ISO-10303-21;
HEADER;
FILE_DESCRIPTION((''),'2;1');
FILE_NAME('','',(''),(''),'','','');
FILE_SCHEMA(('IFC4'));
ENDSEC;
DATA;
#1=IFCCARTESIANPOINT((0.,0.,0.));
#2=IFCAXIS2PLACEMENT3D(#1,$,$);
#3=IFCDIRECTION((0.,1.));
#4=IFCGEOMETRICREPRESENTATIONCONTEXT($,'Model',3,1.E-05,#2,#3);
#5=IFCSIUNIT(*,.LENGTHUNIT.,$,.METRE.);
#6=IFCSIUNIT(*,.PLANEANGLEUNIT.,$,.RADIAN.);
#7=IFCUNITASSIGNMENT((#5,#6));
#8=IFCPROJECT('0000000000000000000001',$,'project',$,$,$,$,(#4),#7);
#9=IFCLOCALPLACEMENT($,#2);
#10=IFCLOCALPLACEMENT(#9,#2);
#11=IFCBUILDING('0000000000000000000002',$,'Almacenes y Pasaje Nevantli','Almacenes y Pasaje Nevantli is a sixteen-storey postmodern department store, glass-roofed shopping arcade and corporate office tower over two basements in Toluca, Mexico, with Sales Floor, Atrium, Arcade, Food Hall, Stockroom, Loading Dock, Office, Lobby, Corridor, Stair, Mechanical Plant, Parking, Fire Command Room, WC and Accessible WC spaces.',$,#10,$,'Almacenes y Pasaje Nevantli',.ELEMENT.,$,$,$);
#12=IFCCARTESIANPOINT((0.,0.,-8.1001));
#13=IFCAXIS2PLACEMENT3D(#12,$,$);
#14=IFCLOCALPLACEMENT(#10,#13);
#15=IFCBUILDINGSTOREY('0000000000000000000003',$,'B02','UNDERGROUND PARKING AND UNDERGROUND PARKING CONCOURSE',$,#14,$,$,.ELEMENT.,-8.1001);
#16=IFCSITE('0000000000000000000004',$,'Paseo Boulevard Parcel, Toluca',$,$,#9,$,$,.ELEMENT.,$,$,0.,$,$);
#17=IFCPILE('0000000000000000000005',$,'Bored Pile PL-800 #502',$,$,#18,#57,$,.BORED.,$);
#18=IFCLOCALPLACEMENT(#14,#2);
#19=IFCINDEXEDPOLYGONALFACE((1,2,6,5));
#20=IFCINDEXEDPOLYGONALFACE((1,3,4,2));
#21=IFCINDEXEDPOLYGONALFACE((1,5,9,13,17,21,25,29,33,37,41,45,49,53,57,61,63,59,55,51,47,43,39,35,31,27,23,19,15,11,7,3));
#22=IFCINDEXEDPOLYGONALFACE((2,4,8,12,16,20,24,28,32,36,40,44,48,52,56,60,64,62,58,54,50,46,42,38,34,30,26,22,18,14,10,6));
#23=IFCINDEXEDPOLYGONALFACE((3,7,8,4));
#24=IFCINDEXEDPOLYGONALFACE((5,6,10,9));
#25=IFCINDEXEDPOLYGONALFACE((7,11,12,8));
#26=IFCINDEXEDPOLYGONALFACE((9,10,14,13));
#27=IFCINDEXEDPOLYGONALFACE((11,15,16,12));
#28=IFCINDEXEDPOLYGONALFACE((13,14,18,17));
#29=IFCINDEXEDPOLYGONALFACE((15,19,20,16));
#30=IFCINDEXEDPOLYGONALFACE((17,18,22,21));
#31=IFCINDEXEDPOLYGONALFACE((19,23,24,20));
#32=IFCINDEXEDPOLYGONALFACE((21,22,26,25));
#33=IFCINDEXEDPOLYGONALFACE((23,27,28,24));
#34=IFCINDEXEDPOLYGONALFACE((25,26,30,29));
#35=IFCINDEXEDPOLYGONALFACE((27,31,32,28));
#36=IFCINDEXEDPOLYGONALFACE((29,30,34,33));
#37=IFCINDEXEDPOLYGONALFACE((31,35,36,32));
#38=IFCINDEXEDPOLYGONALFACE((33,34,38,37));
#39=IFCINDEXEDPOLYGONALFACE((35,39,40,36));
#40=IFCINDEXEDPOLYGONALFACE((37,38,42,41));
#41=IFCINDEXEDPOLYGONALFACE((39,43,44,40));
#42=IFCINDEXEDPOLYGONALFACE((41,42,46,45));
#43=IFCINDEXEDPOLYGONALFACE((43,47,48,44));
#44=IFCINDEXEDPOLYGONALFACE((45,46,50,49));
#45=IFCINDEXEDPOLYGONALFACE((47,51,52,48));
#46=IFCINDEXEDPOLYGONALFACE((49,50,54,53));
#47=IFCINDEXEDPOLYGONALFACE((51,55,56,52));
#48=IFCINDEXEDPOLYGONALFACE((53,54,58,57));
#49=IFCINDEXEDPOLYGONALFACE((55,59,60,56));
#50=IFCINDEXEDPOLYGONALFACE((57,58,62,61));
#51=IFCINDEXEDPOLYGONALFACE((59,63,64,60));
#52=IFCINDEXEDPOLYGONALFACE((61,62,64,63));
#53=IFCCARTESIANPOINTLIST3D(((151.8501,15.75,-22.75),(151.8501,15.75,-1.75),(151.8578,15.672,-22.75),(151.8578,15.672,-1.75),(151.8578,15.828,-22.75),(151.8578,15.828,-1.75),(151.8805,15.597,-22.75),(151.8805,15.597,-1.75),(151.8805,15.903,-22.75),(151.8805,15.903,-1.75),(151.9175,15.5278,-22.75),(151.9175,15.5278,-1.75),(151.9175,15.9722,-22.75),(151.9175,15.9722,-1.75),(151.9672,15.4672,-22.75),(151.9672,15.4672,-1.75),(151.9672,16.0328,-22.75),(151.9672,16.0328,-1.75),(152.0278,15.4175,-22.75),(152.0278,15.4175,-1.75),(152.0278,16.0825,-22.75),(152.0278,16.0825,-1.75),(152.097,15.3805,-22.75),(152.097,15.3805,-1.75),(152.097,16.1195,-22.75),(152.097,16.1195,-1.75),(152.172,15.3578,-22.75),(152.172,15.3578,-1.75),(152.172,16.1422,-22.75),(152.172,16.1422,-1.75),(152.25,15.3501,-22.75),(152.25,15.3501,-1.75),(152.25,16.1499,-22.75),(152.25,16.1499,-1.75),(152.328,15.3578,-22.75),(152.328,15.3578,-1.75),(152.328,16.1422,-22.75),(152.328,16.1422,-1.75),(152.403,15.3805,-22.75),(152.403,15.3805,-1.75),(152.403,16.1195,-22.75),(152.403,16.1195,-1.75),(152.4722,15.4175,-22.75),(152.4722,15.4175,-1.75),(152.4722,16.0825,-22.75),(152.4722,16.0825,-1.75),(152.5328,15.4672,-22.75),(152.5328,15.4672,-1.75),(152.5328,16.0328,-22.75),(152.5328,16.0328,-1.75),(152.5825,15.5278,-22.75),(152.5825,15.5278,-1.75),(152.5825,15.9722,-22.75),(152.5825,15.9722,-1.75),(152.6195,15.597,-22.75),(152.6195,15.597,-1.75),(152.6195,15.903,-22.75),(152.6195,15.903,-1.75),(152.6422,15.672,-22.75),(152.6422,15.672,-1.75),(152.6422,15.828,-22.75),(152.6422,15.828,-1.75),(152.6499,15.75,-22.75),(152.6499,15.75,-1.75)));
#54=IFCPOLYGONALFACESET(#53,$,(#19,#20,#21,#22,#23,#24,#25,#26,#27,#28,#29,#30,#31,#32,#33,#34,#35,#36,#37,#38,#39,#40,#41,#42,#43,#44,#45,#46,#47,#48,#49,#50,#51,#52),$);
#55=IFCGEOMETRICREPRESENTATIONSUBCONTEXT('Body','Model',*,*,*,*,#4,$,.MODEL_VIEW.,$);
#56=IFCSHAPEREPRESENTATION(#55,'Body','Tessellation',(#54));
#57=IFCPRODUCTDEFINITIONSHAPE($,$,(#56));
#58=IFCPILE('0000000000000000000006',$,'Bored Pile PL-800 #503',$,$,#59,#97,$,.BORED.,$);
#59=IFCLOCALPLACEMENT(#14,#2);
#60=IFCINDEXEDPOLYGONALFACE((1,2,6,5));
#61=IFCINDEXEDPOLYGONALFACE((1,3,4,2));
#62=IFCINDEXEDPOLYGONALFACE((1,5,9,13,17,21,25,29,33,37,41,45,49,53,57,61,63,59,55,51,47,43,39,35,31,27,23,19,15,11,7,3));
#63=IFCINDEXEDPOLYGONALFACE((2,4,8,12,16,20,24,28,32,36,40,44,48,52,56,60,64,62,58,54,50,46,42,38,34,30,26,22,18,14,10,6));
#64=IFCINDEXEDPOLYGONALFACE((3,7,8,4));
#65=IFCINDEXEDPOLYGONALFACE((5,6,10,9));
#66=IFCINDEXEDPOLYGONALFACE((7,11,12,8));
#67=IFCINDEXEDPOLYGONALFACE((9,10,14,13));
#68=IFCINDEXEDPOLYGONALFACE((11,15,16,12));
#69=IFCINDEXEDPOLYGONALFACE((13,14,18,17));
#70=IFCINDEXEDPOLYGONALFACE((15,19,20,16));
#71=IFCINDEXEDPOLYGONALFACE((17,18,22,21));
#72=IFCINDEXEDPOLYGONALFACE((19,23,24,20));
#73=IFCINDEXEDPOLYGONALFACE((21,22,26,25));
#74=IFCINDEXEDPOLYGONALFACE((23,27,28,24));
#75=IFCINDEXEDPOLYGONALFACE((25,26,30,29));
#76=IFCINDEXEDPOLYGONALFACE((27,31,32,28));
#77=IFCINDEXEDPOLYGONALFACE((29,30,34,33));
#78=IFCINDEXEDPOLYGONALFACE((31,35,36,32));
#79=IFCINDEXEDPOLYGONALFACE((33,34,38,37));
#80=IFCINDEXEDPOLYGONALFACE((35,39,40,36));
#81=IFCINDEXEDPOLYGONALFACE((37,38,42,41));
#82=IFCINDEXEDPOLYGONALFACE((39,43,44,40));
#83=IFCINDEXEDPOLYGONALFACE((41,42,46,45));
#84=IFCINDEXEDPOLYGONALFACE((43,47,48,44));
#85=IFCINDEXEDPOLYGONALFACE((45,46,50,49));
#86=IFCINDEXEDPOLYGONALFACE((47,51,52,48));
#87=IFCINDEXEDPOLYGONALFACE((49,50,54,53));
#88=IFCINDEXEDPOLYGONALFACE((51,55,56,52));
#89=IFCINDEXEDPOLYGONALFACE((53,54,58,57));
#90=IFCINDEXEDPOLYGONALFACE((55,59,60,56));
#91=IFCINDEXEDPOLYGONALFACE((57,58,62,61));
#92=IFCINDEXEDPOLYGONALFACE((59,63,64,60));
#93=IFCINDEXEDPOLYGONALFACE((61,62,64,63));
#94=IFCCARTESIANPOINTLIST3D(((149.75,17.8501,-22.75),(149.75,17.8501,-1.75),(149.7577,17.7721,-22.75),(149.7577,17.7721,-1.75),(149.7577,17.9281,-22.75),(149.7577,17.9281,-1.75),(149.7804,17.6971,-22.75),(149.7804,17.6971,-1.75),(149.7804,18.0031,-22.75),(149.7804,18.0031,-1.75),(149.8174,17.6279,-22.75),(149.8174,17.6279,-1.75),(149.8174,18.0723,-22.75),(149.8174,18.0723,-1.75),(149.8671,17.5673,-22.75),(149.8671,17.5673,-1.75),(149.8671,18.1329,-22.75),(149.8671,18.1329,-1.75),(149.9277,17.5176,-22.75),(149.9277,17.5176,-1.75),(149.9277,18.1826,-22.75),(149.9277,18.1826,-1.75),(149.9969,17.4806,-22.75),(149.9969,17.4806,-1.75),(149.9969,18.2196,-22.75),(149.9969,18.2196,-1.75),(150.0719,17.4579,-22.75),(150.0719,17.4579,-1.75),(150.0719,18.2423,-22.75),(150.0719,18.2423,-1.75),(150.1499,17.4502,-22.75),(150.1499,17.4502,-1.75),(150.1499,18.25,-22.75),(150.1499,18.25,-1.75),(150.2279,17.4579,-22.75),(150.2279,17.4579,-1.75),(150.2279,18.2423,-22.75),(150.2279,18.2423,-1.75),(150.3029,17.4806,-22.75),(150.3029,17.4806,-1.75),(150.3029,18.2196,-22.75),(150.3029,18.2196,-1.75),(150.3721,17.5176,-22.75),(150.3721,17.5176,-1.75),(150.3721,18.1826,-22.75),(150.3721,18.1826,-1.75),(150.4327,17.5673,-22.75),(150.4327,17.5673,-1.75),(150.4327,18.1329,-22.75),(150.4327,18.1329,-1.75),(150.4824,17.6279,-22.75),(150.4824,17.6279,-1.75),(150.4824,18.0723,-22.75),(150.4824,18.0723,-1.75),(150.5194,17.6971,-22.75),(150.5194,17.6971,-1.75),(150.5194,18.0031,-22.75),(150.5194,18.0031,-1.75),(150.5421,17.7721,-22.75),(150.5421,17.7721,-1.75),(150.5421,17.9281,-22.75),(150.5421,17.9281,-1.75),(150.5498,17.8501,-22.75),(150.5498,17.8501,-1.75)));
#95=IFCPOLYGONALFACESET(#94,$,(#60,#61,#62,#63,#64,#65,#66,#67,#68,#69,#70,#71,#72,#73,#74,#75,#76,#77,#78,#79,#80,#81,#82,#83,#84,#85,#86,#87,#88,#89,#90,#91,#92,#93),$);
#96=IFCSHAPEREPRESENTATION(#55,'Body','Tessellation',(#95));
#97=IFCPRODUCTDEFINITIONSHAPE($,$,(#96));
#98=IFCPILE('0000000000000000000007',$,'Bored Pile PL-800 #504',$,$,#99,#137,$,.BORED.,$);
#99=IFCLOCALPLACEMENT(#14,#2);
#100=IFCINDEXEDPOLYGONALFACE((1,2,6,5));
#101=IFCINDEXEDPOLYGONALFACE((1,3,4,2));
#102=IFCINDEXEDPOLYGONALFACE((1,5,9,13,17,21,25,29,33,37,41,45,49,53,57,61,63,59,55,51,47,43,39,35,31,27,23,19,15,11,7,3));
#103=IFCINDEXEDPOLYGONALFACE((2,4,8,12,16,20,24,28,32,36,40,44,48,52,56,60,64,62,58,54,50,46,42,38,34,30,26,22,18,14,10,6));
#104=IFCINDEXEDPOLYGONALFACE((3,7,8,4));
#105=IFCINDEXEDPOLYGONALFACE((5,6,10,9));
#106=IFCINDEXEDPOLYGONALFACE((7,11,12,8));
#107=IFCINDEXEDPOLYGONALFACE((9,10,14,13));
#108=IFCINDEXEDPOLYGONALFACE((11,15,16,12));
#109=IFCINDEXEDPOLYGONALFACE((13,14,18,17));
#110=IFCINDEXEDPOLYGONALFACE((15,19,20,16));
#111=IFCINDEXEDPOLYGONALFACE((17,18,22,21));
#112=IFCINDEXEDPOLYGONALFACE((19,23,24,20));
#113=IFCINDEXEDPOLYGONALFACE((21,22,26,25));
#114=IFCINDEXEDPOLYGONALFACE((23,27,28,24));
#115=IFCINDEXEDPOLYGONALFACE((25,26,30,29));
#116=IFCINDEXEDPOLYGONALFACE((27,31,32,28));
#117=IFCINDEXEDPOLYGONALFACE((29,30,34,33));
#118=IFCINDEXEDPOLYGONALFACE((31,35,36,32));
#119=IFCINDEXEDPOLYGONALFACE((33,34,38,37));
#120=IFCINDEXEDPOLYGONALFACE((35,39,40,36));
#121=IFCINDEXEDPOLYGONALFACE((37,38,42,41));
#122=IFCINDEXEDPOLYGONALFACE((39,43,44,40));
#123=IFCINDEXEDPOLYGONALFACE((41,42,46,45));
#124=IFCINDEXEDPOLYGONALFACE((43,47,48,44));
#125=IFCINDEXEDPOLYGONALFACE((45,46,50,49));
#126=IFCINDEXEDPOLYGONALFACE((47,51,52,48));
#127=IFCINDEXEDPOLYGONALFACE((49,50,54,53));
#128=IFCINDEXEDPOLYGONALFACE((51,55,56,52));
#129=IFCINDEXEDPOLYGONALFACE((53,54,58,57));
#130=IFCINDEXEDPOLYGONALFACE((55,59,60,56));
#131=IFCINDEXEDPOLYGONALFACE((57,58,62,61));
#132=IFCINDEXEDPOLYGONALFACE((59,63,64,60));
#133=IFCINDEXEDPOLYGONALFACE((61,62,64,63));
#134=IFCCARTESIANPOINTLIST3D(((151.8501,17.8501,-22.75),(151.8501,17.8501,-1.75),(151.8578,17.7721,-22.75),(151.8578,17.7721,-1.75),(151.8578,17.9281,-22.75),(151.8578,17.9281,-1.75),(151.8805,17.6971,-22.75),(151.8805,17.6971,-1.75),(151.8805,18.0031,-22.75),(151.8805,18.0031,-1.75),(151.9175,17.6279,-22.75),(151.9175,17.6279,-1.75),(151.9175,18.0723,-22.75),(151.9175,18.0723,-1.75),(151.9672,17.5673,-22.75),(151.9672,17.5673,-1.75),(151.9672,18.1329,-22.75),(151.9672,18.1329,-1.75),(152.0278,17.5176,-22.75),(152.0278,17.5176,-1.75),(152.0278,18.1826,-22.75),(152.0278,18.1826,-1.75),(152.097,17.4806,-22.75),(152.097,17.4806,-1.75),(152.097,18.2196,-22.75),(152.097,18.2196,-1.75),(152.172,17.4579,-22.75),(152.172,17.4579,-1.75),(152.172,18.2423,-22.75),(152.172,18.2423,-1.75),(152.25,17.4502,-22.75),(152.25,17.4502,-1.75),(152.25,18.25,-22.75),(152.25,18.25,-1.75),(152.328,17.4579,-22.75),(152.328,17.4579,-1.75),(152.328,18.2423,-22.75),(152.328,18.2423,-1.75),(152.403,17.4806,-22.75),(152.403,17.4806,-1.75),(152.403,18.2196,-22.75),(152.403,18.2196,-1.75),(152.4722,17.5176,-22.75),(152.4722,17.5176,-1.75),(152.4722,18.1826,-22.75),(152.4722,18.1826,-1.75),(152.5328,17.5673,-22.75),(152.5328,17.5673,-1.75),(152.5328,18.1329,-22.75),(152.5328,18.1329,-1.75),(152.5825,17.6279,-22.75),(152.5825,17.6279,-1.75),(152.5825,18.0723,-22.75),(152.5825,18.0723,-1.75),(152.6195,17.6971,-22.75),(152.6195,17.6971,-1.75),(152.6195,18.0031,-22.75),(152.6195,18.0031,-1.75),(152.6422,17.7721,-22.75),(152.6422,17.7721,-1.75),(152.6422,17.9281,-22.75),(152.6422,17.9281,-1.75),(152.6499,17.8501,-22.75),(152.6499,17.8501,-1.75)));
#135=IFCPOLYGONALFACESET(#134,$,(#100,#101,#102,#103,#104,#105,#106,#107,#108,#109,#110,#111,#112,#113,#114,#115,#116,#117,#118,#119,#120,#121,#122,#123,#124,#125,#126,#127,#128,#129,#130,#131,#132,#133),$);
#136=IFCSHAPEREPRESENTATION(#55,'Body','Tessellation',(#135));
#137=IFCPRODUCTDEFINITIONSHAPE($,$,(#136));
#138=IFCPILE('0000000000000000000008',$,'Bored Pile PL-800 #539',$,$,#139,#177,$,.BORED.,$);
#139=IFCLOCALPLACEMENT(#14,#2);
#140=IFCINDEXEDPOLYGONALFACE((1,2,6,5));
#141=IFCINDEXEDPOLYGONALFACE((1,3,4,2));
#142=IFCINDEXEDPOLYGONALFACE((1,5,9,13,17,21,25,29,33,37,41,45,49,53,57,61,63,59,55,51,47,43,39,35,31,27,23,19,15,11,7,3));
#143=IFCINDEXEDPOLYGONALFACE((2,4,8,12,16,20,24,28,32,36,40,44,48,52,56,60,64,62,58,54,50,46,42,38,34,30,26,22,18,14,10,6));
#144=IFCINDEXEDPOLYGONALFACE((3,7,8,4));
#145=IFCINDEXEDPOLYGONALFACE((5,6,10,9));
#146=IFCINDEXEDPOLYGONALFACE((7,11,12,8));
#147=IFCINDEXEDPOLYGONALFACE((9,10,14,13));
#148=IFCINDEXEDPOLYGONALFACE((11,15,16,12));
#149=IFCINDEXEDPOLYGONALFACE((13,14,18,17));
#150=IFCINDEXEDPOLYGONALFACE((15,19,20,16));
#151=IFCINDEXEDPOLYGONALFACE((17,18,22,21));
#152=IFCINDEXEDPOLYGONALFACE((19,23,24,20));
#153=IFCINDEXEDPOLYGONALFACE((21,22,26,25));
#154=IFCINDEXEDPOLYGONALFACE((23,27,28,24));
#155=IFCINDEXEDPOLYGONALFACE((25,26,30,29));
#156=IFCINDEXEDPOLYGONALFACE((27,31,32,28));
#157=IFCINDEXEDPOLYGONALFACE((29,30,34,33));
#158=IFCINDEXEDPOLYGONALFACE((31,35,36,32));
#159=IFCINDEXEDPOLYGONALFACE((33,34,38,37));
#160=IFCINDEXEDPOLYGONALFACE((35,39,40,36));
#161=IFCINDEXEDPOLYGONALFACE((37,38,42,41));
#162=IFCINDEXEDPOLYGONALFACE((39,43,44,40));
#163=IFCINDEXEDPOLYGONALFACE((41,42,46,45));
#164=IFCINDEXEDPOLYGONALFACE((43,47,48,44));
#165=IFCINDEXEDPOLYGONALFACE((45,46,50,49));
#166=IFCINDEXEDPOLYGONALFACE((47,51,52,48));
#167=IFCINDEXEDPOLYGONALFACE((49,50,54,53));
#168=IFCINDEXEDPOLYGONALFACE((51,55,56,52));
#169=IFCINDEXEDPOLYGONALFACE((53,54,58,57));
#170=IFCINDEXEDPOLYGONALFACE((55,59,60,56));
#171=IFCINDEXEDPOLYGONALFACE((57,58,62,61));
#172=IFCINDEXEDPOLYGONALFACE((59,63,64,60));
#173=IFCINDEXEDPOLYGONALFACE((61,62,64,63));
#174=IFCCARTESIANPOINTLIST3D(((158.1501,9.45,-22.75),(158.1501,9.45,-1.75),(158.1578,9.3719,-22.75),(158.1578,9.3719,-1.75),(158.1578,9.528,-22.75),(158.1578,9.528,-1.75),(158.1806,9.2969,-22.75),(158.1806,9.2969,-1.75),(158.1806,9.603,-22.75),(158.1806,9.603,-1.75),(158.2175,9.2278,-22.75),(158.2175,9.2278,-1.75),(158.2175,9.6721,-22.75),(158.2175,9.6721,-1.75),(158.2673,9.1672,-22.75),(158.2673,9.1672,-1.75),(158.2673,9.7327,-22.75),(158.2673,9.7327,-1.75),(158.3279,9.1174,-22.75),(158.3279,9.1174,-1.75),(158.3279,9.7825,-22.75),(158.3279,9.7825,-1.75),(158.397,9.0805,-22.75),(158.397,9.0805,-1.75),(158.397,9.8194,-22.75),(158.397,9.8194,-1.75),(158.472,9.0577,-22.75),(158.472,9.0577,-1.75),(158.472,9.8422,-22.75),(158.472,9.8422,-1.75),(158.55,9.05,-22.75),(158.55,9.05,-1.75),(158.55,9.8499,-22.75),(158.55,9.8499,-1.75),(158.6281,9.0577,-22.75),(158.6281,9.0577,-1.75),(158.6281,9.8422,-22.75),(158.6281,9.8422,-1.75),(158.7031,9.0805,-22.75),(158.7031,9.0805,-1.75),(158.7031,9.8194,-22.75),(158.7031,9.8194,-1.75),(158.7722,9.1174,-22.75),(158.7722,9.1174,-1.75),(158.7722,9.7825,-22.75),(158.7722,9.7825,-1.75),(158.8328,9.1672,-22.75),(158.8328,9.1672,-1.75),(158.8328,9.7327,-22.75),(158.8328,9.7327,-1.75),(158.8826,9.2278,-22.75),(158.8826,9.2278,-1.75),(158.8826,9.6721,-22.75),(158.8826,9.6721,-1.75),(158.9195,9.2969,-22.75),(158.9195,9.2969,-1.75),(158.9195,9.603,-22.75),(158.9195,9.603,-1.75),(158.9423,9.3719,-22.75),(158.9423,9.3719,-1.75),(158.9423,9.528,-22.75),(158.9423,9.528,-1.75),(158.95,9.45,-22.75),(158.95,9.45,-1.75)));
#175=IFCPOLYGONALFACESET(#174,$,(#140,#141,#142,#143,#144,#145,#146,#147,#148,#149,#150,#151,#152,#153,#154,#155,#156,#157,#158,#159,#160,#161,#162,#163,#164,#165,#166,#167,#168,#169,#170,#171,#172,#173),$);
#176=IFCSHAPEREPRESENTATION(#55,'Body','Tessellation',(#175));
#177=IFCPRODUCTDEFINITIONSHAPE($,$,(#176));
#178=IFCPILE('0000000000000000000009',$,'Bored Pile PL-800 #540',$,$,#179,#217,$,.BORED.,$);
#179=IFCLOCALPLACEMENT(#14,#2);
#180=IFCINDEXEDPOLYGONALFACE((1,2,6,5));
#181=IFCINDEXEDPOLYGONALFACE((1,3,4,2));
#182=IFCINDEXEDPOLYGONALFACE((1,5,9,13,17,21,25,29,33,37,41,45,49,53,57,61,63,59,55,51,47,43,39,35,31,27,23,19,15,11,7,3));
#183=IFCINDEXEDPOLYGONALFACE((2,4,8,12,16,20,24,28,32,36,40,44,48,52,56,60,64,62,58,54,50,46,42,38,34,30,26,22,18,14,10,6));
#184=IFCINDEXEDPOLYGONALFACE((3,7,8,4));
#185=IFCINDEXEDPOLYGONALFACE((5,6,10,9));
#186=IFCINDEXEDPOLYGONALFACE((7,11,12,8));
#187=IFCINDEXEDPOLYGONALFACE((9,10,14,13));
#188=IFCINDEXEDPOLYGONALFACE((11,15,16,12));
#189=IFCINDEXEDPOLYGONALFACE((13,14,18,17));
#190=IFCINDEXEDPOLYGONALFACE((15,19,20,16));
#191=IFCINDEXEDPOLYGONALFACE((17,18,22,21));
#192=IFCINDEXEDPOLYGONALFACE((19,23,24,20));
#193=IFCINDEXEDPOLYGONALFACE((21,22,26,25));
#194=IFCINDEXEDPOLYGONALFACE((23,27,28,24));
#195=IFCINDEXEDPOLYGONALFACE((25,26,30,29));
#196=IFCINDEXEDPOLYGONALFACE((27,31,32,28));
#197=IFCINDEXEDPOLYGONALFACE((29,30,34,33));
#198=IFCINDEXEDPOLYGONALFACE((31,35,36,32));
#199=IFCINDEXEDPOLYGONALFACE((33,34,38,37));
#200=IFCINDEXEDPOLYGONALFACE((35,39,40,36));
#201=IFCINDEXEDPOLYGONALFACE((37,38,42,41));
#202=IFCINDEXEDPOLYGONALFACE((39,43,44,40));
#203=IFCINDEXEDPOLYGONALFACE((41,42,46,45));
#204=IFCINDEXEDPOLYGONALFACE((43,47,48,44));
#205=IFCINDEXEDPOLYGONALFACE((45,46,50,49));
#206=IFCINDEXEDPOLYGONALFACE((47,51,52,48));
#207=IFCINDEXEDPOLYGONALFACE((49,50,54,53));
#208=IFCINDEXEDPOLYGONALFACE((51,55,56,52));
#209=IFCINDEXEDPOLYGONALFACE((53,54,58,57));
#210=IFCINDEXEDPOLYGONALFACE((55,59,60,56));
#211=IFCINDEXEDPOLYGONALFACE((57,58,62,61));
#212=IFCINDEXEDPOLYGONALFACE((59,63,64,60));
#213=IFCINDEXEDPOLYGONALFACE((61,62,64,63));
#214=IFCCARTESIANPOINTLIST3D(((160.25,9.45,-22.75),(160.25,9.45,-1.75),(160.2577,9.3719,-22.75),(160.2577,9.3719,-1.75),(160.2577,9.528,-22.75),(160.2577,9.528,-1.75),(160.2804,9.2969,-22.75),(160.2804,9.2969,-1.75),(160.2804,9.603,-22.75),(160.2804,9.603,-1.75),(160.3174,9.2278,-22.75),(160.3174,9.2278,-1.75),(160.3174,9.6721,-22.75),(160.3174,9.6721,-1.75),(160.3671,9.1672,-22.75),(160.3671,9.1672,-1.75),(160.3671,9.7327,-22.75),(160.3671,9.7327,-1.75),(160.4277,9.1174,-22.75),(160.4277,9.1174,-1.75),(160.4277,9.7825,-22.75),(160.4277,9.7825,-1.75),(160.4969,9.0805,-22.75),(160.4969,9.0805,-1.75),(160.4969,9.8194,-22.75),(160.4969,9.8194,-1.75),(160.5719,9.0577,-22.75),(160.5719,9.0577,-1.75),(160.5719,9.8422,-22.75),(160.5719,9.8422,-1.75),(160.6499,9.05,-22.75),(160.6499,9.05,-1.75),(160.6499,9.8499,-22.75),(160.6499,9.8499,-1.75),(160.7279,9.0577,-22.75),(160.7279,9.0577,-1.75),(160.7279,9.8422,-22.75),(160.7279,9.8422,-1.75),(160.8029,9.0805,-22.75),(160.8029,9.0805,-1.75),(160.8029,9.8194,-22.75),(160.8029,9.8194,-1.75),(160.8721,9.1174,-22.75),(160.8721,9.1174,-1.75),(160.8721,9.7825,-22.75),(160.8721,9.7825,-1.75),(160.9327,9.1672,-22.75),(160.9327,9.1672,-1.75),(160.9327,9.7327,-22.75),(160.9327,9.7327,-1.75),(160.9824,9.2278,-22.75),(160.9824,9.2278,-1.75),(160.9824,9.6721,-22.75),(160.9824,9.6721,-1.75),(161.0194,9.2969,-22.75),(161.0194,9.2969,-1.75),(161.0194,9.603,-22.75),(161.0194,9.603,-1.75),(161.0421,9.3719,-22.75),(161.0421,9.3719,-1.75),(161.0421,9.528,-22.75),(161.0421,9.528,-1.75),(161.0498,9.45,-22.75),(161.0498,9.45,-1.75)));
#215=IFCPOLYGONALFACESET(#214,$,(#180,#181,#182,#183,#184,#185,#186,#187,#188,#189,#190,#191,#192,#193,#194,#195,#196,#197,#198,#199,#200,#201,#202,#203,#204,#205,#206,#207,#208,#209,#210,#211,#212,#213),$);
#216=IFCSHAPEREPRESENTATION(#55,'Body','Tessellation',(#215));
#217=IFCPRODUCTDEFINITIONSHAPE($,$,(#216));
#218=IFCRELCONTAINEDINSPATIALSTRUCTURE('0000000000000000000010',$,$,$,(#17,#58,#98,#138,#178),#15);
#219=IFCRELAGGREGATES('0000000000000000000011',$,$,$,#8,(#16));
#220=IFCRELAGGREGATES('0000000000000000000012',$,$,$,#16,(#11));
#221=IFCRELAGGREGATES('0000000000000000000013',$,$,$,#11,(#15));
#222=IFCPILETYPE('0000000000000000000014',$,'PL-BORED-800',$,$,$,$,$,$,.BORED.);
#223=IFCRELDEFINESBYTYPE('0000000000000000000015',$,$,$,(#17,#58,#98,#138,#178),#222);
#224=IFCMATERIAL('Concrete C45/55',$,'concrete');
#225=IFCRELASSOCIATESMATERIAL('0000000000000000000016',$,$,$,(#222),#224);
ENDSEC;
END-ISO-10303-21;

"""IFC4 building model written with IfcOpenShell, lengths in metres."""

from ifc_helpers import new_model, si_unit, direction, frame, origin, origin_2d, place, context, subcontext, project, spatial, circle, extrude, material, material_profile, profile_set, type_object, element, save


model = new_model("IFC4")

# Units and contexts
model_context = context("Model", 3, precision=1e-05, world=origin(), true_north=direction((0.0, 1.0)))
body_context = subcontext(model_context, "Body", "Model", "MODEL_VIEW")
ifc_project = project(units=[si_unit("LENGTHUNIT", "METRE"), si_unit("PLANEANGLEUNIT", "RADIAN")], contexts=[model_context])

# Site, building, storey
site_placement = place(None, origin())
site = spatial("IfcSite", under=ifc_project, at=site_placement, Name="Paseo Boulevard Parcel, Toluca", CompositionType="ELEMENT", RefElevation=0.0)
building_placement = place(site_placement, origin())
building = spatial("IfcBuilding", under=site, at=building_placement, Name="Almacenes y Pasaje Nevantli", Description="Almacenes y Pasaje Nevantli is a sixteen-storey postmodern department store, glass-roofed shopping arcade and corporate office tower over two basements in Toluca, Mexico, with Sales Floor, Atrium, Arcade, Food Hall, Stockroom, Loading Dock, Office, Lobby, Corridor, Stair, Mechanical Plant, Parking, Fire Command Room, WC and Accessible WC spaces.", LongName="Almacenes y Pasaje Nevantli", CompositionType="ELEMENT")
storey_placement = place(building_placement, frame((0.0, 0.0, -8.1001)))
storey = spatial("IfcBuildingStorey", under=building, at=storey_placement, Name="B02", Description="UNDERGROUND PARKING AND UNDERGROUND PARKING CONCOURSE", CompositionType="ELEMENT", Elevation=-8.1001)

# Piles
ifc_material_1 = material(Name="Concrete C45/55", Category="concrete")
ifc_material_profile_1 = material_profile(ifc_material_1, circle(Radius=0.3999, at=origin_2d()), Name="RC-PILE-D800")
ifc_profile_set_1 = profile_set([ifc_material_profile_1], Name="Concrete C45/55")
pile_type_1 = type_object("IfcPileType", Name="PL-BORED-800", PredefinedType="BORED", material=ifc_profile_set_1)
for number, where, z_axis, x_axis, name in (
    (1, (152.25, 15.75, -1.75), (0.0, 0.0, -1.0), (1.0, 0.0, 0.0), "Bored Pile PL-800 #502"),
    (2, (150.1499, 17.8501, -1.75), (0.0, 0.0, -1.0), (1.0, 0.0, 0.0), "Bored Pile PL-800 #503"),
    (3, (152.25, 17.8501, -1.75), (0.0, 0.0, -1.0), (1.0, 0.0, 0.0), "Bored Pile PL-800 #504"),
    (4, (158.55, 9.45, -1.75), (0.0, 0.0, -1.0), (1.0, 0.0, 0.0), "Bored Pile PL-800 #539"),
    (5, (160.6499, 9.45, -1.75), (0.0, 0.0, -1.0), (1.0, 0.0, 0.0), "Bored Pile PL-800 #540"),
):
    element("IfcPile", number, at=place(storey_placement, frame(where, z_axis=z_axis, x_axis=x_axis)), inside=storey, type_object=pile_type_1, Name=name, PredefinedType="BORED", context=body_context, shape_type="SweptSolid", body=[
        extrude(circle(Radius=0.3999, at=origin_2d()), origin(), (0.0, 0.0, 1.0), 21.0),
    ])

save(model, "model.ifc")
